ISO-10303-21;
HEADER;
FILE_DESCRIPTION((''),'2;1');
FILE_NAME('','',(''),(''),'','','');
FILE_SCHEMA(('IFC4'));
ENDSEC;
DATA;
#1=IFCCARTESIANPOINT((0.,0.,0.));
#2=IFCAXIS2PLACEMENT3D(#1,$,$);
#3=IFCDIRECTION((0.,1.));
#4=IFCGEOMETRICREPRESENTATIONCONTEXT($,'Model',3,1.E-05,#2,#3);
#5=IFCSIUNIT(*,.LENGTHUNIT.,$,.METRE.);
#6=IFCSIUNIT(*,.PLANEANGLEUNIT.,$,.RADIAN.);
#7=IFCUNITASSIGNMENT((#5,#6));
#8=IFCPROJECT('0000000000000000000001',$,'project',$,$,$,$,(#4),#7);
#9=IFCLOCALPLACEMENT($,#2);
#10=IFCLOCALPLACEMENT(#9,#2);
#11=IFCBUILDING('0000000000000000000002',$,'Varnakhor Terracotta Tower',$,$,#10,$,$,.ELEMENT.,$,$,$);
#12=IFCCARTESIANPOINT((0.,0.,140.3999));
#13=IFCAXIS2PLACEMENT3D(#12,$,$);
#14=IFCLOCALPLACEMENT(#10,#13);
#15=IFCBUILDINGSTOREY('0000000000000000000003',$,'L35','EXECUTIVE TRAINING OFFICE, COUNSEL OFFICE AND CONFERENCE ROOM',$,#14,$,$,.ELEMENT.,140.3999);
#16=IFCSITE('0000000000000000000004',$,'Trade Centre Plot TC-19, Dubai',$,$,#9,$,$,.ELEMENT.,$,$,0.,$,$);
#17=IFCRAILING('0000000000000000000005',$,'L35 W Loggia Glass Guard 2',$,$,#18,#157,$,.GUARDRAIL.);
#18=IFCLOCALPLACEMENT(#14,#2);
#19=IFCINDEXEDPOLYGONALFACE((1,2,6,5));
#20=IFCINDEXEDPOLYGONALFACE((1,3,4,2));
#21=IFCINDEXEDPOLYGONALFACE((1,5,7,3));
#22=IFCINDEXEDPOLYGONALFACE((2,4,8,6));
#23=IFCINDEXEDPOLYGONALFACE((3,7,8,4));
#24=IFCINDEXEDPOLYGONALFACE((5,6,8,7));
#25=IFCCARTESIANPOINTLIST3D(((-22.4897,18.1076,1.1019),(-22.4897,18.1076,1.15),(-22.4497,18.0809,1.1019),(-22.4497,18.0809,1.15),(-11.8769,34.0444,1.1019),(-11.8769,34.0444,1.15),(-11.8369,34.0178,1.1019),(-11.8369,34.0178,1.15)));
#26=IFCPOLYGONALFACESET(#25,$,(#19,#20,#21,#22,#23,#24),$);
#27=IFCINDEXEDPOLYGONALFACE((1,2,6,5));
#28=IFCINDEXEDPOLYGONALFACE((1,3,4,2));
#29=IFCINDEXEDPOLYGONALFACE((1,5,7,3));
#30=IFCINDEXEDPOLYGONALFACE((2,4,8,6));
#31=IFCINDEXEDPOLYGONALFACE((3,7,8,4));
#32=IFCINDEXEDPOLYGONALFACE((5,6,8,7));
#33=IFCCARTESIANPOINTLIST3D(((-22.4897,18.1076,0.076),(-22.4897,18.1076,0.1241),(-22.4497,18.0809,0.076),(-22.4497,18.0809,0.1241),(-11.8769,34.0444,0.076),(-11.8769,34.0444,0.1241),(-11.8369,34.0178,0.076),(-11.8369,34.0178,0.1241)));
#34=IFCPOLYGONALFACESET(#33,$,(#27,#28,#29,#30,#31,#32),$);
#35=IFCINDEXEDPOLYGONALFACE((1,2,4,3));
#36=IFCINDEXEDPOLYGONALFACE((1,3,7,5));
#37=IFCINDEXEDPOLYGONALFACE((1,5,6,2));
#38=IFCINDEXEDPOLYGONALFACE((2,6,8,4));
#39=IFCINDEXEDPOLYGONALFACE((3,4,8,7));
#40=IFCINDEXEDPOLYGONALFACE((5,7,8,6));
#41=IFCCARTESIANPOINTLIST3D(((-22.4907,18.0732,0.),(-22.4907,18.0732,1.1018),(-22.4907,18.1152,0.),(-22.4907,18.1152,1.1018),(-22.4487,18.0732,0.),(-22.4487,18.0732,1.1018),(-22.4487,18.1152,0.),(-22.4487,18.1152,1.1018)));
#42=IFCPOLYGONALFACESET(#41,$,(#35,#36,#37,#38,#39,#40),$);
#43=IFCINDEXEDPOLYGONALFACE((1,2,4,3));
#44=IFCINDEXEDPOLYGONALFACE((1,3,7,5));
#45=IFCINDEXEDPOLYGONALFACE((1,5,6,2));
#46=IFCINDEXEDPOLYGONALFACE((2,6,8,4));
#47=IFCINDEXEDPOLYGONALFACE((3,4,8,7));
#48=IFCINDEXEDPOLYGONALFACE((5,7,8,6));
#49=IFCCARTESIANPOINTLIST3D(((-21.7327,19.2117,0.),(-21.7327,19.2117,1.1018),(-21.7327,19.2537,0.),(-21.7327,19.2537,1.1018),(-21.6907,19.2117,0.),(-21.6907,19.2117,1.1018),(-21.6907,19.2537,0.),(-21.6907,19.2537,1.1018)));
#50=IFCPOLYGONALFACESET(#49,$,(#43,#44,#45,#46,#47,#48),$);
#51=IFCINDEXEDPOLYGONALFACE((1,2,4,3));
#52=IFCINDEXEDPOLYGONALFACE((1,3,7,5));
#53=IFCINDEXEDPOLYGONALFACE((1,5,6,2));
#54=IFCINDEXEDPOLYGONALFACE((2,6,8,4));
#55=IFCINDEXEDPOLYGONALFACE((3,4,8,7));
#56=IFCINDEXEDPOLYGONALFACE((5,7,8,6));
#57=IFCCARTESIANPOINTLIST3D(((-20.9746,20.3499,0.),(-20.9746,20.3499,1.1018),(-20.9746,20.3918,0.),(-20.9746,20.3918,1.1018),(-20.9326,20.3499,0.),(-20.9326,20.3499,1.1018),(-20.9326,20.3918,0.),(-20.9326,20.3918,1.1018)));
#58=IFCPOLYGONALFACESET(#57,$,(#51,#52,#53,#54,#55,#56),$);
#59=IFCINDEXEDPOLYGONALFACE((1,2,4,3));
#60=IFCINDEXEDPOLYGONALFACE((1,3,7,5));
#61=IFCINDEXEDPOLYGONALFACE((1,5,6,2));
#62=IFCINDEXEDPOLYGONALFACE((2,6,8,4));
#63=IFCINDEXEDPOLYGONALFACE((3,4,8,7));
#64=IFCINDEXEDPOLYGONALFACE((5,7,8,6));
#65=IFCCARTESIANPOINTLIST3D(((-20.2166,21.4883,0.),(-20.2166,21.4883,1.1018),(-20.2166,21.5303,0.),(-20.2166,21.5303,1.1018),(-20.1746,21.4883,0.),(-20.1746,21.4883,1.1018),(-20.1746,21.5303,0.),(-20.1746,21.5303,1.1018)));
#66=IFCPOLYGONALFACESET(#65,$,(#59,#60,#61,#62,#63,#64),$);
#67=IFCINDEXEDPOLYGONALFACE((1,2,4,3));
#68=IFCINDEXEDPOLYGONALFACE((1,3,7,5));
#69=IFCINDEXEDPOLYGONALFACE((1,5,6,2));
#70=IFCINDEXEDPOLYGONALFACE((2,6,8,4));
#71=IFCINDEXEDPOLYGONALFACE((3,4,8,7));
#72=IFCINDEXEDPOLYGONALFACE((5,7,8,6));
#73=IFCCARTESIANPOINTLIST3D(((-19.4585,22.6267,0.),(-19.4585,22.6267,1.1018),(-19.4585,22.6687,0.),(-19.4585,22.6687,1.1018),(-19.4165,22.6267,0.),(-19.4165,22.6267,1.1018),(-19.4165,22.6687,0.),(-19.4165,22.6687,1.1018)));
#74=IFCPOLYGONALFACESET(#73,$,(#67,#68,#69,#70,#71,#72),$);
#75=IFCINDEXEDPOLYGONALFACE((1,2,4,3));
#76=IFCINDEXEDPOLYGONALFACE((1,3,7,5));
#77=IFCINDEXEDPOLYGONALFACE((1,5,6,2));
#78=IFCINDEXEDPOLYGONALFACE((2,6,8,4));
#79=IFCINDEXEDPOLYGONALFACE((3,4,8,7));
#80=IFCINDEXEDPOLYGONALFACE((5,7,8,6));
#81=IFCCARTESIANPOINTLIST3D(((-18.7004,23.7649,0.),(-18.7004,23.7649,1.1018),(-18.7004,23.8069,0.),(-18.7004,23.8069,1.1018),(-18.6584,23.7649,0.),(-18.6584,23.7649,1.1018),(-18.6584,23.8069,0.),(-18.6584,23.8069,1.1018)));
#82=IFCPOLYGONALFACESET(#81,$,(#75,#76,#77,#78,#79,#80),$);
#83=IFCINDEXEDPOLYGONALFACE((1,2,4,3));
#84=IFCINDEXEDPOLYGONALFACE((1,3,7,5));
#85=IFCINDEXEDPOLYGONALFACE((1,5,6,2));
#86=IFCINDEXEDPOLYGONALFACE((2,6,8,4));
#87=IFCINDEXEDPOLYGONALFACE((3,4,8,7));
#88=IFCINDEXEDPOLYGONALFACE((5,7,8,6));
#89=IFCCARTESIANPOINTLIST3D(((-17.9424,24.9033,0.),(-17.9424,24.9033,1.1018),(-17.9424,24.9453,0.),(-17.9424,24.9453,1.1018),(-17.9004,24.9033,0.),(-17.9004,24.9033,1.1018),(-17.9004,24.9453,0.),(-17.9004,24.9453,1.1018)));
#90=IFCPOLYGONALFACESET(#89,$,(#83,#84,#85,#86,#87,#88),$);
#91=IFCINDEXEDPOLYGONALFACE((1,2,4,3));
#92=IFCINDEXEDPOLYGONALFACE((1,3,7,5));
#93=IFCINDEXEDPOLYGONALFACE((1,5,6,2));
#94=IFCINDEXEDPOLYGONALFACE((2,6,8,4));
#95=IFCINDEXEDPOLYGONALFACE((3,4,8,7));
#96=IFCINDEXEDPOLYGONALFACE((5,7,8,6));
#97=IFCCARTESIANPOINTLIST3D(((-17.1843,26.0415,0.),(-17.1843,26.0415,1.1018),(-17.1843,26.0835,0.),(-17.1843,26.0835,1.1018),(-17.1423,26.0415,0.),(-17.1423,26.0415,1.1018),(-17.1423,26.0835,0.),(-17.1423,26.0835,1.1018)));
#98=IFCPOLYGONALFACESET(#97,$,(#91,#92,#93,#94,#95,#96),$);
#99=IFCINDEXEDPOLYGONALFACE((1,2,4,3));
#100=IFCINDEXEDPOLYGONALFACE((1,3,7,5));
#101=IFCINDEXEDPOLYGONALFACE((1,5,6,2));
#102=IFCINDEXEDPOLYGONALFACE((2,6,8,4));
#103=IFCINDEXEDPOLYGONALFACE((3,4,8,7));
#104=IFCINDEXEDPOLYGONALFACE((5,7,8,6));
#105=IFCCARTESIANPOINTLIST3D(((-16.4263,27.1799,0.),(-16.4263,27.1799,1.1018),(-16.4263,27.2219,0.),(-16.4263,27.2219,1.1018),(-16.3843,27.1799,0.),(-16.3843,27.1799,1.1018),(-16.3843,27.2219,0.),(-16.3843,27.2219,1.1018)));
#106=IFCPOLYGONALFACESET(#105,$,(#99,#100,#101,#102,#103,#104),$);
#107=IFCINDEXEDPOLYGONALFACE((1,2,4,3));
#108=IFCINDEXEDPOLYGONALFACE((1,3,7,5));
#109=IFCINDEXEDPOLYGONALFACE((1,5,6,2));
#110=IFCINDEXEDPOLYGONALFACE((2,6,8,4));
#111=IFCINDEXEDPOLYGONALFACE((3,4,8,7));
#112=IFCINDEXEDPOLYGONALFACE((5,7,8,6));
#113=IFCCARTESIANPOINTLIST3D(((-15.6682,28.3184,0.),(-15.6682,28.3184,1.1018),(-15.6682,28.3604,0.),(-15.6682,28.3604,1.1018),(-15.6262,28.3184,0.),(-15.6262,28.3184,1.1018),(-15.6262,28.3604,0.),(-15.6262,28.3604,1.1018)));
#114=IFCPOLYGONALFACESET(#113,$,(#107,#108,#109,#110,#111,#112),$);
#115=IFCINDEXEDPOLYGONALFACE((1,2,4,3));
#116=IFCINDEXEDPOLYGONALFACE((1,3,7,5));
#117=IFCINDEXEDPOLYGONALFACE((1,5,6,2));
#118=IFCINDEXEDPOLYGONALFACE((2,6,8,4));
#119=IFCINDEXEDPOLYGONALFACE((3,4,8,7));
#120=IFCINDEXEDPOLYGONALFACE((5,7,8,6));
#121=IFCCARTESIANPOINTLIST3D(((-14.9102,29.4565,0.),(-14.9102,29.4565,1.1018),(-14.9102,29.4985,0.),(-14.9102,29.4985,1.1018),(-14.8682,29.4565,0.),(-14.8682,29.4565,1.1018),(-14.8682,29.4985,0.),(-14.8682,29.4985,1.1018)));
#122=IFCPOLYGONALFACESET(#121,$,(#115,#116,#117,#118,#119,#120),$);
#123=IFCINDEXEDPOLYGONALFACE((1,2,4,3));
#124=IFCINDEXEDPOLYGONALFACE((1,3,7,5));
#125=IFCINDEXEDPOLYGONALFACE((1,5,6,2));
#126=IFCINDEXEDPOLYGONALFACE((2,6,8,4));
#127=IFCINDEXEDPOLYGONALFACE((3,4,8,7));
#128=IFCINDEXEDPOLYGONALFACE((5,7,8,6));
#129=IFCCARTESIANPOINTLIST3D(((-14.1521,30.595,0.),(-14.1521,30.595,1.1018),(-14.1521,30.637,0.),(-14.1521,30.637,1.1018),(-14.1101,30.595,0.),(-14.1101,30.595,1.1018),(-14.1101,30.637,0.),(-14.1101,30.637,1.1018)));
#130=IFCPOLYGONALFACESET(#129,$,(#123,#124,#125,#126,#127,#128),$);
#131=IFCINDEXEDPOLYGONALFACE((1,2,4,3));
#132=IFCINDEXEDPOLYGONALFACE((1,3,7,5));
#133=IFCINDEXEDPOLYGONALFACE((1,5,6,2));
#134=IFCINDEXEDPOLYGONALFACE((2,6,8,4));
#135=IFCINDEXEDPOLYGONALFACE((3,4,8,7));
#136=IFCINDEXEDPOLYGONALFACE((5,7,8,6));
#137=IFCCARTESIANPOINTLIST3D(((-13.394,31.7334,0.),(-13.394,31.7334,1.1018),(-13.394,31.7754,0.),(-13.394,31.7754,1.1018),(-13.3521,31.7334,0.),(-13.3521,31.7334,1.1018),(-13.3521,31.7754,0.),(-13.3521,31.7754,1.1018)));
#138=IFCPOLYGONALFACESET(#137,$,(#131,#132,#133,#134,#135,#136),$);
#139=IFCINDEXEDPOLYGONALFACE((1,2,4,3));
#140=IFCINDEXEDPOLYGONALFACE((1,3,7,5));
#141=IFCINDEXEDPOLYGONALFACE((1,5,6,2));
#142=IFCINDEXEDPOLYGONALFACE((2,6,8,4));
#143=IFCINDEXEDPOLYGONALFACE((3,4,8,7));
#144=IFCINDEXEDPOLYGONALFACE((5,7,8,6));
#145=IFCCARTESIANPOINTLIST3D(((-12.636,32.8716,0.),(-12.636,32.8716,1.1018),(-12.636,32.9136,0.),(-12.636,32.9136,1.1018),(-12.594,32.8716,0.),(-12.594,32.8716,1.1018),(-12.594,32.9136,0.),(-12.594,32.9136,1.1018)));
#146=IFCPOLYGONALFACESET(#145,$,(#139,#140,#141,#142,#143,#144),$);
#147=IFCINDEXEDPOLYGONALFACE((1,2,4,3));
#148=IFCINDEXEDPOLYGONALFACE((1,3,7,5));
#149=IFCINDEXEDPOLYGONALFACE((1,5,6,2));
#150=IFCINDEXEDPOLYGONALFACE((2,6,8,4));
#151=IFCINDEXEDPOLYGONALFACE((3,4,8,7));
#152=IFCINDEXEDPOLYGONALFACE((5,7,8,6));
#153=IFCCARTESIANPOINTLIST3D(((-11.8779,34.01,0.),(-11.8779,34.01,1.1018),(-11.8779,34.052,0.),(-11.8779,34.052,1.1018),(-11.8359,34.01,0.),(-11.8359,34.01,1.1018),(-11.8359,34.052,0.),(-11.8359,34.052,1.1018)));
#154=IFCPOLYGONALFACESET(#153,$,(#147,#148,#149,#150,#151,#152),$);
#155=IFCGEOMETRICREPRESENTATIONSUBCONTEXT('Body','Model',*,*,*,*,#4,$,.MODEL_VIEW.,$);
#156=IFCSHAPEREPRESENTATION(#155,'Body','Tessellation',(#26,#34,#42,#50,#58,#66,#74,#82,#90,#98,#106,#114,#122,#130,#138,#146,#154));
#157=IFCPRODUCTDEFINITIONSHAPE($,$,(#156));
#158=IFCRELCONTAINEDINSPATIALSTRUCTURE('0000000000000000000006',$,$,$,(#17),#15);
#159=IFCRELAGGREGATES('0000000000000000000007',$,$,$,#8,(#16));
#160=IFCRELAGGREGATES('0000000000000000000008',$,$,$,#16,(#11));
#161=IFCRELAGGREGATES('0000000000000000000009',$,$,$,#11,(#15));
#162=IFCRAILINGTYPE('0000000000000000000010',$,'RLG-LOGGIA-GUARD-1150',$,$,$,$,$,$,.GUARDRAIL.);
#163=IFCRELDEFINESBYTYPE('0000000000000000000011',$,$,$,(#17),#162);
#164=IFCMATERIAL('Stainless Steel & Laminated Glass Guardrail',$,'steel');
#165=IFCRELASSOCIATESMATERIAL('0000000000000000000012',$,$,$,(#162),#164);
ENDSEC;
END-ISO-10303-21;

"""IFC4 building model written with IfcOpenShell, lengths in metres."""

from ifc_helpers import new_model, si_unit, direction, frame, origin, origin_2d, place, context, subcontext, project, spatial, rectangle, extrude, material, type_object, element, save


model = new_model("IFC4")

# Units and contexts
model_context = context("Model", 3, precision=1e-05, world=origin(), true_north=direction((0.0, 1.0)))
body_context = subcontext(model_context, "Body", "Model", "MODEL_VIEW")
ifc_project = project(units=[si_unit("LENGTHUNIT", "METRE"), si_unit("PLANEANGLEUNIT", "RADIAN")], contexts=[model_context])

# Site, building, storey
site_placement = place(None, origin())
site = spatial("IfcSite", under=ifc_project, at=site_placement, Name="Trade Centre Plot TC-19, Dubai", CompositionType="ELEMENT", RefElevation=0.0)
building_placement = place(site_placement, origin())
building = spatial("IfcBuilding", under=site, at=building_placement, Name="Varnakhor Terracotta Tower", CompositionType="ELEMENT")
storey_placement = place(building_placement, frame((0.0, 0.0, 140.3999)))
storey = spatial("IfcBuildingStorey", under=building, at=storey_placement, Name="L35", Description="EXECUTIVE TRAINING OFFICE, COUNSEL OFFICE AND CONFERENCE ROOM", CompositionType="ELEMENT", Elevation=140.3999)

# Railing
ifc_material_1 = material(Name="Stainless Steel & Laminated Glass Guardrail", Category="steel")
railing_type = type_object("IfcRailingType", Name="RLG-LOGGIA-GUARD-1150", PredefinedType="GUARDRAIL", material=ifc_material_1)
railing_1_placement = place(storey_placement, frame((-22.4697, 18.0942, 0.0)))
element("IfcRailing", 1, at=railing_1_placement, inside=storey, type_object=railing_type, Name="L35 W Loggia Glass Guard 2", PredefinedType="GUARDRAIL", context=body_context, shape_type="SweptSolid", body=[
    extrude(rectangle(XDim=0.0481, YDim=0.0481, at=origin_2d()), frame((0.0, 0.0, 1.126), z_axis=(0.554276, 0.832333, 0.0), x_axis=(-0.832333, 0.554276, 0.0)), (0.0, 0.0, 1.0), 19.1472),
    extrude(rectangle(XDim=0.0481, YDim=0.0481, at=origin_2d()), frame((0.0, 0.0, 0.1001), z_axis=(0.554276, 0.832333, 0.0), x_axis=(-0.832333, 0.554276, 0.0)), (0.0, 0.0, 1.0), 19.1472),
    extrude(rectangle(XDim=0.042, YDim=0.042, at=origin_2d()), origin(), (0.0, 0.0, 1.0), 1.1018),
    extrude(rectangle(XDim=0.042, YDim=0.042, at=origin_2d()), frame((0.7581, 1.1384, 0.0)), (0.0, 0.0, 1.0), 1.1018),
    extrude(rectangle(XDim=0.042, YDim=0.042, at=origin_2d()), frame((1.5161, 2.2766, 0.0)), (0.0, 0.0, 1.0), 1.1018),
    extrude(rectangle(XDim=0.042, YDim=0.042, at=origin_2d()), frame((2.2742, 3.415, 0.0)), (0.0, 0.0, 1.0), 1.1018),
    extrude(rectangle(XDim=0.042, YDim=0.042, at=origin_2d()), frame((3.0322, 4.5535, 0.0)), (0.0, 0.0, 1.0), 1.1018),
    extrude(rectangle(XDim=0.042, YDim=0.042, at=origin_2d()), frame((3.7903, 5.6917, 0.0)), (0.0, 0.0, 1.0), 1.1018),
    extrude(rectangle(XDim=0.042, YDim=0.042, at=origin_2d()), frame((4.5483, 6.8301, 0.0)), (0.0, 0.0, 1.0), 1.1018),
    extrude(rectangle(XDim=0.042, YDim=0.042, at=origin_2d()), frame((5.3064, 7.9683, 0.0)), (0.0, 0.0, 1.0), 1.1018),
    extrude(rectangle(XDim=0.042, YDim=0.042, at=origin_2d()), frame((6.0645, 9.1067, 0.0)), (0.0, 0.0, 1.0), 1.1018),
    extrude(rectangle(XDim=0.042, YDim=0.042, at=origin_2d()), frame((6.8225, 10.2451, 0.0)), (0.0, 0.0, 1.0), 1.1018),
    extrude(rectangle(XDim=0.042, YDim=0.042, at=origin_2d()), frame((7.5806, 11.3833, 0.0)), (0.0, 0.0, 1.0), 1.1018),
    extrude(rectangle(XDim=0.042, YDim=0.042, at=origin_2d()), frame((8.3386, 12.5217, 0.0)), (0.0, 0.0, 1.0), 1.1018),
    extrude(rectangle(XDim=0.042, YDim=0.042, at=origin_2d()), frame((9.0967, 13.6602, 0.0)), (0.0, 0.0, 1.0), 1.1018),
    extrude(rectangle(XDim=0.042, YDim=0.042, at=origin_2d()), frame((9.8547, 14.7983, 0.0)), (0.0, 0.0, 1.0), 1.1018),
    extrude(rectangle(XDim=0.042, YDim=0.042, at=origin_2d()), frame((10.6128, 15.9368, 0.0)), (0.0, 0.0, 1.0), 1.1018),
])

save(model, "model.ifc")
